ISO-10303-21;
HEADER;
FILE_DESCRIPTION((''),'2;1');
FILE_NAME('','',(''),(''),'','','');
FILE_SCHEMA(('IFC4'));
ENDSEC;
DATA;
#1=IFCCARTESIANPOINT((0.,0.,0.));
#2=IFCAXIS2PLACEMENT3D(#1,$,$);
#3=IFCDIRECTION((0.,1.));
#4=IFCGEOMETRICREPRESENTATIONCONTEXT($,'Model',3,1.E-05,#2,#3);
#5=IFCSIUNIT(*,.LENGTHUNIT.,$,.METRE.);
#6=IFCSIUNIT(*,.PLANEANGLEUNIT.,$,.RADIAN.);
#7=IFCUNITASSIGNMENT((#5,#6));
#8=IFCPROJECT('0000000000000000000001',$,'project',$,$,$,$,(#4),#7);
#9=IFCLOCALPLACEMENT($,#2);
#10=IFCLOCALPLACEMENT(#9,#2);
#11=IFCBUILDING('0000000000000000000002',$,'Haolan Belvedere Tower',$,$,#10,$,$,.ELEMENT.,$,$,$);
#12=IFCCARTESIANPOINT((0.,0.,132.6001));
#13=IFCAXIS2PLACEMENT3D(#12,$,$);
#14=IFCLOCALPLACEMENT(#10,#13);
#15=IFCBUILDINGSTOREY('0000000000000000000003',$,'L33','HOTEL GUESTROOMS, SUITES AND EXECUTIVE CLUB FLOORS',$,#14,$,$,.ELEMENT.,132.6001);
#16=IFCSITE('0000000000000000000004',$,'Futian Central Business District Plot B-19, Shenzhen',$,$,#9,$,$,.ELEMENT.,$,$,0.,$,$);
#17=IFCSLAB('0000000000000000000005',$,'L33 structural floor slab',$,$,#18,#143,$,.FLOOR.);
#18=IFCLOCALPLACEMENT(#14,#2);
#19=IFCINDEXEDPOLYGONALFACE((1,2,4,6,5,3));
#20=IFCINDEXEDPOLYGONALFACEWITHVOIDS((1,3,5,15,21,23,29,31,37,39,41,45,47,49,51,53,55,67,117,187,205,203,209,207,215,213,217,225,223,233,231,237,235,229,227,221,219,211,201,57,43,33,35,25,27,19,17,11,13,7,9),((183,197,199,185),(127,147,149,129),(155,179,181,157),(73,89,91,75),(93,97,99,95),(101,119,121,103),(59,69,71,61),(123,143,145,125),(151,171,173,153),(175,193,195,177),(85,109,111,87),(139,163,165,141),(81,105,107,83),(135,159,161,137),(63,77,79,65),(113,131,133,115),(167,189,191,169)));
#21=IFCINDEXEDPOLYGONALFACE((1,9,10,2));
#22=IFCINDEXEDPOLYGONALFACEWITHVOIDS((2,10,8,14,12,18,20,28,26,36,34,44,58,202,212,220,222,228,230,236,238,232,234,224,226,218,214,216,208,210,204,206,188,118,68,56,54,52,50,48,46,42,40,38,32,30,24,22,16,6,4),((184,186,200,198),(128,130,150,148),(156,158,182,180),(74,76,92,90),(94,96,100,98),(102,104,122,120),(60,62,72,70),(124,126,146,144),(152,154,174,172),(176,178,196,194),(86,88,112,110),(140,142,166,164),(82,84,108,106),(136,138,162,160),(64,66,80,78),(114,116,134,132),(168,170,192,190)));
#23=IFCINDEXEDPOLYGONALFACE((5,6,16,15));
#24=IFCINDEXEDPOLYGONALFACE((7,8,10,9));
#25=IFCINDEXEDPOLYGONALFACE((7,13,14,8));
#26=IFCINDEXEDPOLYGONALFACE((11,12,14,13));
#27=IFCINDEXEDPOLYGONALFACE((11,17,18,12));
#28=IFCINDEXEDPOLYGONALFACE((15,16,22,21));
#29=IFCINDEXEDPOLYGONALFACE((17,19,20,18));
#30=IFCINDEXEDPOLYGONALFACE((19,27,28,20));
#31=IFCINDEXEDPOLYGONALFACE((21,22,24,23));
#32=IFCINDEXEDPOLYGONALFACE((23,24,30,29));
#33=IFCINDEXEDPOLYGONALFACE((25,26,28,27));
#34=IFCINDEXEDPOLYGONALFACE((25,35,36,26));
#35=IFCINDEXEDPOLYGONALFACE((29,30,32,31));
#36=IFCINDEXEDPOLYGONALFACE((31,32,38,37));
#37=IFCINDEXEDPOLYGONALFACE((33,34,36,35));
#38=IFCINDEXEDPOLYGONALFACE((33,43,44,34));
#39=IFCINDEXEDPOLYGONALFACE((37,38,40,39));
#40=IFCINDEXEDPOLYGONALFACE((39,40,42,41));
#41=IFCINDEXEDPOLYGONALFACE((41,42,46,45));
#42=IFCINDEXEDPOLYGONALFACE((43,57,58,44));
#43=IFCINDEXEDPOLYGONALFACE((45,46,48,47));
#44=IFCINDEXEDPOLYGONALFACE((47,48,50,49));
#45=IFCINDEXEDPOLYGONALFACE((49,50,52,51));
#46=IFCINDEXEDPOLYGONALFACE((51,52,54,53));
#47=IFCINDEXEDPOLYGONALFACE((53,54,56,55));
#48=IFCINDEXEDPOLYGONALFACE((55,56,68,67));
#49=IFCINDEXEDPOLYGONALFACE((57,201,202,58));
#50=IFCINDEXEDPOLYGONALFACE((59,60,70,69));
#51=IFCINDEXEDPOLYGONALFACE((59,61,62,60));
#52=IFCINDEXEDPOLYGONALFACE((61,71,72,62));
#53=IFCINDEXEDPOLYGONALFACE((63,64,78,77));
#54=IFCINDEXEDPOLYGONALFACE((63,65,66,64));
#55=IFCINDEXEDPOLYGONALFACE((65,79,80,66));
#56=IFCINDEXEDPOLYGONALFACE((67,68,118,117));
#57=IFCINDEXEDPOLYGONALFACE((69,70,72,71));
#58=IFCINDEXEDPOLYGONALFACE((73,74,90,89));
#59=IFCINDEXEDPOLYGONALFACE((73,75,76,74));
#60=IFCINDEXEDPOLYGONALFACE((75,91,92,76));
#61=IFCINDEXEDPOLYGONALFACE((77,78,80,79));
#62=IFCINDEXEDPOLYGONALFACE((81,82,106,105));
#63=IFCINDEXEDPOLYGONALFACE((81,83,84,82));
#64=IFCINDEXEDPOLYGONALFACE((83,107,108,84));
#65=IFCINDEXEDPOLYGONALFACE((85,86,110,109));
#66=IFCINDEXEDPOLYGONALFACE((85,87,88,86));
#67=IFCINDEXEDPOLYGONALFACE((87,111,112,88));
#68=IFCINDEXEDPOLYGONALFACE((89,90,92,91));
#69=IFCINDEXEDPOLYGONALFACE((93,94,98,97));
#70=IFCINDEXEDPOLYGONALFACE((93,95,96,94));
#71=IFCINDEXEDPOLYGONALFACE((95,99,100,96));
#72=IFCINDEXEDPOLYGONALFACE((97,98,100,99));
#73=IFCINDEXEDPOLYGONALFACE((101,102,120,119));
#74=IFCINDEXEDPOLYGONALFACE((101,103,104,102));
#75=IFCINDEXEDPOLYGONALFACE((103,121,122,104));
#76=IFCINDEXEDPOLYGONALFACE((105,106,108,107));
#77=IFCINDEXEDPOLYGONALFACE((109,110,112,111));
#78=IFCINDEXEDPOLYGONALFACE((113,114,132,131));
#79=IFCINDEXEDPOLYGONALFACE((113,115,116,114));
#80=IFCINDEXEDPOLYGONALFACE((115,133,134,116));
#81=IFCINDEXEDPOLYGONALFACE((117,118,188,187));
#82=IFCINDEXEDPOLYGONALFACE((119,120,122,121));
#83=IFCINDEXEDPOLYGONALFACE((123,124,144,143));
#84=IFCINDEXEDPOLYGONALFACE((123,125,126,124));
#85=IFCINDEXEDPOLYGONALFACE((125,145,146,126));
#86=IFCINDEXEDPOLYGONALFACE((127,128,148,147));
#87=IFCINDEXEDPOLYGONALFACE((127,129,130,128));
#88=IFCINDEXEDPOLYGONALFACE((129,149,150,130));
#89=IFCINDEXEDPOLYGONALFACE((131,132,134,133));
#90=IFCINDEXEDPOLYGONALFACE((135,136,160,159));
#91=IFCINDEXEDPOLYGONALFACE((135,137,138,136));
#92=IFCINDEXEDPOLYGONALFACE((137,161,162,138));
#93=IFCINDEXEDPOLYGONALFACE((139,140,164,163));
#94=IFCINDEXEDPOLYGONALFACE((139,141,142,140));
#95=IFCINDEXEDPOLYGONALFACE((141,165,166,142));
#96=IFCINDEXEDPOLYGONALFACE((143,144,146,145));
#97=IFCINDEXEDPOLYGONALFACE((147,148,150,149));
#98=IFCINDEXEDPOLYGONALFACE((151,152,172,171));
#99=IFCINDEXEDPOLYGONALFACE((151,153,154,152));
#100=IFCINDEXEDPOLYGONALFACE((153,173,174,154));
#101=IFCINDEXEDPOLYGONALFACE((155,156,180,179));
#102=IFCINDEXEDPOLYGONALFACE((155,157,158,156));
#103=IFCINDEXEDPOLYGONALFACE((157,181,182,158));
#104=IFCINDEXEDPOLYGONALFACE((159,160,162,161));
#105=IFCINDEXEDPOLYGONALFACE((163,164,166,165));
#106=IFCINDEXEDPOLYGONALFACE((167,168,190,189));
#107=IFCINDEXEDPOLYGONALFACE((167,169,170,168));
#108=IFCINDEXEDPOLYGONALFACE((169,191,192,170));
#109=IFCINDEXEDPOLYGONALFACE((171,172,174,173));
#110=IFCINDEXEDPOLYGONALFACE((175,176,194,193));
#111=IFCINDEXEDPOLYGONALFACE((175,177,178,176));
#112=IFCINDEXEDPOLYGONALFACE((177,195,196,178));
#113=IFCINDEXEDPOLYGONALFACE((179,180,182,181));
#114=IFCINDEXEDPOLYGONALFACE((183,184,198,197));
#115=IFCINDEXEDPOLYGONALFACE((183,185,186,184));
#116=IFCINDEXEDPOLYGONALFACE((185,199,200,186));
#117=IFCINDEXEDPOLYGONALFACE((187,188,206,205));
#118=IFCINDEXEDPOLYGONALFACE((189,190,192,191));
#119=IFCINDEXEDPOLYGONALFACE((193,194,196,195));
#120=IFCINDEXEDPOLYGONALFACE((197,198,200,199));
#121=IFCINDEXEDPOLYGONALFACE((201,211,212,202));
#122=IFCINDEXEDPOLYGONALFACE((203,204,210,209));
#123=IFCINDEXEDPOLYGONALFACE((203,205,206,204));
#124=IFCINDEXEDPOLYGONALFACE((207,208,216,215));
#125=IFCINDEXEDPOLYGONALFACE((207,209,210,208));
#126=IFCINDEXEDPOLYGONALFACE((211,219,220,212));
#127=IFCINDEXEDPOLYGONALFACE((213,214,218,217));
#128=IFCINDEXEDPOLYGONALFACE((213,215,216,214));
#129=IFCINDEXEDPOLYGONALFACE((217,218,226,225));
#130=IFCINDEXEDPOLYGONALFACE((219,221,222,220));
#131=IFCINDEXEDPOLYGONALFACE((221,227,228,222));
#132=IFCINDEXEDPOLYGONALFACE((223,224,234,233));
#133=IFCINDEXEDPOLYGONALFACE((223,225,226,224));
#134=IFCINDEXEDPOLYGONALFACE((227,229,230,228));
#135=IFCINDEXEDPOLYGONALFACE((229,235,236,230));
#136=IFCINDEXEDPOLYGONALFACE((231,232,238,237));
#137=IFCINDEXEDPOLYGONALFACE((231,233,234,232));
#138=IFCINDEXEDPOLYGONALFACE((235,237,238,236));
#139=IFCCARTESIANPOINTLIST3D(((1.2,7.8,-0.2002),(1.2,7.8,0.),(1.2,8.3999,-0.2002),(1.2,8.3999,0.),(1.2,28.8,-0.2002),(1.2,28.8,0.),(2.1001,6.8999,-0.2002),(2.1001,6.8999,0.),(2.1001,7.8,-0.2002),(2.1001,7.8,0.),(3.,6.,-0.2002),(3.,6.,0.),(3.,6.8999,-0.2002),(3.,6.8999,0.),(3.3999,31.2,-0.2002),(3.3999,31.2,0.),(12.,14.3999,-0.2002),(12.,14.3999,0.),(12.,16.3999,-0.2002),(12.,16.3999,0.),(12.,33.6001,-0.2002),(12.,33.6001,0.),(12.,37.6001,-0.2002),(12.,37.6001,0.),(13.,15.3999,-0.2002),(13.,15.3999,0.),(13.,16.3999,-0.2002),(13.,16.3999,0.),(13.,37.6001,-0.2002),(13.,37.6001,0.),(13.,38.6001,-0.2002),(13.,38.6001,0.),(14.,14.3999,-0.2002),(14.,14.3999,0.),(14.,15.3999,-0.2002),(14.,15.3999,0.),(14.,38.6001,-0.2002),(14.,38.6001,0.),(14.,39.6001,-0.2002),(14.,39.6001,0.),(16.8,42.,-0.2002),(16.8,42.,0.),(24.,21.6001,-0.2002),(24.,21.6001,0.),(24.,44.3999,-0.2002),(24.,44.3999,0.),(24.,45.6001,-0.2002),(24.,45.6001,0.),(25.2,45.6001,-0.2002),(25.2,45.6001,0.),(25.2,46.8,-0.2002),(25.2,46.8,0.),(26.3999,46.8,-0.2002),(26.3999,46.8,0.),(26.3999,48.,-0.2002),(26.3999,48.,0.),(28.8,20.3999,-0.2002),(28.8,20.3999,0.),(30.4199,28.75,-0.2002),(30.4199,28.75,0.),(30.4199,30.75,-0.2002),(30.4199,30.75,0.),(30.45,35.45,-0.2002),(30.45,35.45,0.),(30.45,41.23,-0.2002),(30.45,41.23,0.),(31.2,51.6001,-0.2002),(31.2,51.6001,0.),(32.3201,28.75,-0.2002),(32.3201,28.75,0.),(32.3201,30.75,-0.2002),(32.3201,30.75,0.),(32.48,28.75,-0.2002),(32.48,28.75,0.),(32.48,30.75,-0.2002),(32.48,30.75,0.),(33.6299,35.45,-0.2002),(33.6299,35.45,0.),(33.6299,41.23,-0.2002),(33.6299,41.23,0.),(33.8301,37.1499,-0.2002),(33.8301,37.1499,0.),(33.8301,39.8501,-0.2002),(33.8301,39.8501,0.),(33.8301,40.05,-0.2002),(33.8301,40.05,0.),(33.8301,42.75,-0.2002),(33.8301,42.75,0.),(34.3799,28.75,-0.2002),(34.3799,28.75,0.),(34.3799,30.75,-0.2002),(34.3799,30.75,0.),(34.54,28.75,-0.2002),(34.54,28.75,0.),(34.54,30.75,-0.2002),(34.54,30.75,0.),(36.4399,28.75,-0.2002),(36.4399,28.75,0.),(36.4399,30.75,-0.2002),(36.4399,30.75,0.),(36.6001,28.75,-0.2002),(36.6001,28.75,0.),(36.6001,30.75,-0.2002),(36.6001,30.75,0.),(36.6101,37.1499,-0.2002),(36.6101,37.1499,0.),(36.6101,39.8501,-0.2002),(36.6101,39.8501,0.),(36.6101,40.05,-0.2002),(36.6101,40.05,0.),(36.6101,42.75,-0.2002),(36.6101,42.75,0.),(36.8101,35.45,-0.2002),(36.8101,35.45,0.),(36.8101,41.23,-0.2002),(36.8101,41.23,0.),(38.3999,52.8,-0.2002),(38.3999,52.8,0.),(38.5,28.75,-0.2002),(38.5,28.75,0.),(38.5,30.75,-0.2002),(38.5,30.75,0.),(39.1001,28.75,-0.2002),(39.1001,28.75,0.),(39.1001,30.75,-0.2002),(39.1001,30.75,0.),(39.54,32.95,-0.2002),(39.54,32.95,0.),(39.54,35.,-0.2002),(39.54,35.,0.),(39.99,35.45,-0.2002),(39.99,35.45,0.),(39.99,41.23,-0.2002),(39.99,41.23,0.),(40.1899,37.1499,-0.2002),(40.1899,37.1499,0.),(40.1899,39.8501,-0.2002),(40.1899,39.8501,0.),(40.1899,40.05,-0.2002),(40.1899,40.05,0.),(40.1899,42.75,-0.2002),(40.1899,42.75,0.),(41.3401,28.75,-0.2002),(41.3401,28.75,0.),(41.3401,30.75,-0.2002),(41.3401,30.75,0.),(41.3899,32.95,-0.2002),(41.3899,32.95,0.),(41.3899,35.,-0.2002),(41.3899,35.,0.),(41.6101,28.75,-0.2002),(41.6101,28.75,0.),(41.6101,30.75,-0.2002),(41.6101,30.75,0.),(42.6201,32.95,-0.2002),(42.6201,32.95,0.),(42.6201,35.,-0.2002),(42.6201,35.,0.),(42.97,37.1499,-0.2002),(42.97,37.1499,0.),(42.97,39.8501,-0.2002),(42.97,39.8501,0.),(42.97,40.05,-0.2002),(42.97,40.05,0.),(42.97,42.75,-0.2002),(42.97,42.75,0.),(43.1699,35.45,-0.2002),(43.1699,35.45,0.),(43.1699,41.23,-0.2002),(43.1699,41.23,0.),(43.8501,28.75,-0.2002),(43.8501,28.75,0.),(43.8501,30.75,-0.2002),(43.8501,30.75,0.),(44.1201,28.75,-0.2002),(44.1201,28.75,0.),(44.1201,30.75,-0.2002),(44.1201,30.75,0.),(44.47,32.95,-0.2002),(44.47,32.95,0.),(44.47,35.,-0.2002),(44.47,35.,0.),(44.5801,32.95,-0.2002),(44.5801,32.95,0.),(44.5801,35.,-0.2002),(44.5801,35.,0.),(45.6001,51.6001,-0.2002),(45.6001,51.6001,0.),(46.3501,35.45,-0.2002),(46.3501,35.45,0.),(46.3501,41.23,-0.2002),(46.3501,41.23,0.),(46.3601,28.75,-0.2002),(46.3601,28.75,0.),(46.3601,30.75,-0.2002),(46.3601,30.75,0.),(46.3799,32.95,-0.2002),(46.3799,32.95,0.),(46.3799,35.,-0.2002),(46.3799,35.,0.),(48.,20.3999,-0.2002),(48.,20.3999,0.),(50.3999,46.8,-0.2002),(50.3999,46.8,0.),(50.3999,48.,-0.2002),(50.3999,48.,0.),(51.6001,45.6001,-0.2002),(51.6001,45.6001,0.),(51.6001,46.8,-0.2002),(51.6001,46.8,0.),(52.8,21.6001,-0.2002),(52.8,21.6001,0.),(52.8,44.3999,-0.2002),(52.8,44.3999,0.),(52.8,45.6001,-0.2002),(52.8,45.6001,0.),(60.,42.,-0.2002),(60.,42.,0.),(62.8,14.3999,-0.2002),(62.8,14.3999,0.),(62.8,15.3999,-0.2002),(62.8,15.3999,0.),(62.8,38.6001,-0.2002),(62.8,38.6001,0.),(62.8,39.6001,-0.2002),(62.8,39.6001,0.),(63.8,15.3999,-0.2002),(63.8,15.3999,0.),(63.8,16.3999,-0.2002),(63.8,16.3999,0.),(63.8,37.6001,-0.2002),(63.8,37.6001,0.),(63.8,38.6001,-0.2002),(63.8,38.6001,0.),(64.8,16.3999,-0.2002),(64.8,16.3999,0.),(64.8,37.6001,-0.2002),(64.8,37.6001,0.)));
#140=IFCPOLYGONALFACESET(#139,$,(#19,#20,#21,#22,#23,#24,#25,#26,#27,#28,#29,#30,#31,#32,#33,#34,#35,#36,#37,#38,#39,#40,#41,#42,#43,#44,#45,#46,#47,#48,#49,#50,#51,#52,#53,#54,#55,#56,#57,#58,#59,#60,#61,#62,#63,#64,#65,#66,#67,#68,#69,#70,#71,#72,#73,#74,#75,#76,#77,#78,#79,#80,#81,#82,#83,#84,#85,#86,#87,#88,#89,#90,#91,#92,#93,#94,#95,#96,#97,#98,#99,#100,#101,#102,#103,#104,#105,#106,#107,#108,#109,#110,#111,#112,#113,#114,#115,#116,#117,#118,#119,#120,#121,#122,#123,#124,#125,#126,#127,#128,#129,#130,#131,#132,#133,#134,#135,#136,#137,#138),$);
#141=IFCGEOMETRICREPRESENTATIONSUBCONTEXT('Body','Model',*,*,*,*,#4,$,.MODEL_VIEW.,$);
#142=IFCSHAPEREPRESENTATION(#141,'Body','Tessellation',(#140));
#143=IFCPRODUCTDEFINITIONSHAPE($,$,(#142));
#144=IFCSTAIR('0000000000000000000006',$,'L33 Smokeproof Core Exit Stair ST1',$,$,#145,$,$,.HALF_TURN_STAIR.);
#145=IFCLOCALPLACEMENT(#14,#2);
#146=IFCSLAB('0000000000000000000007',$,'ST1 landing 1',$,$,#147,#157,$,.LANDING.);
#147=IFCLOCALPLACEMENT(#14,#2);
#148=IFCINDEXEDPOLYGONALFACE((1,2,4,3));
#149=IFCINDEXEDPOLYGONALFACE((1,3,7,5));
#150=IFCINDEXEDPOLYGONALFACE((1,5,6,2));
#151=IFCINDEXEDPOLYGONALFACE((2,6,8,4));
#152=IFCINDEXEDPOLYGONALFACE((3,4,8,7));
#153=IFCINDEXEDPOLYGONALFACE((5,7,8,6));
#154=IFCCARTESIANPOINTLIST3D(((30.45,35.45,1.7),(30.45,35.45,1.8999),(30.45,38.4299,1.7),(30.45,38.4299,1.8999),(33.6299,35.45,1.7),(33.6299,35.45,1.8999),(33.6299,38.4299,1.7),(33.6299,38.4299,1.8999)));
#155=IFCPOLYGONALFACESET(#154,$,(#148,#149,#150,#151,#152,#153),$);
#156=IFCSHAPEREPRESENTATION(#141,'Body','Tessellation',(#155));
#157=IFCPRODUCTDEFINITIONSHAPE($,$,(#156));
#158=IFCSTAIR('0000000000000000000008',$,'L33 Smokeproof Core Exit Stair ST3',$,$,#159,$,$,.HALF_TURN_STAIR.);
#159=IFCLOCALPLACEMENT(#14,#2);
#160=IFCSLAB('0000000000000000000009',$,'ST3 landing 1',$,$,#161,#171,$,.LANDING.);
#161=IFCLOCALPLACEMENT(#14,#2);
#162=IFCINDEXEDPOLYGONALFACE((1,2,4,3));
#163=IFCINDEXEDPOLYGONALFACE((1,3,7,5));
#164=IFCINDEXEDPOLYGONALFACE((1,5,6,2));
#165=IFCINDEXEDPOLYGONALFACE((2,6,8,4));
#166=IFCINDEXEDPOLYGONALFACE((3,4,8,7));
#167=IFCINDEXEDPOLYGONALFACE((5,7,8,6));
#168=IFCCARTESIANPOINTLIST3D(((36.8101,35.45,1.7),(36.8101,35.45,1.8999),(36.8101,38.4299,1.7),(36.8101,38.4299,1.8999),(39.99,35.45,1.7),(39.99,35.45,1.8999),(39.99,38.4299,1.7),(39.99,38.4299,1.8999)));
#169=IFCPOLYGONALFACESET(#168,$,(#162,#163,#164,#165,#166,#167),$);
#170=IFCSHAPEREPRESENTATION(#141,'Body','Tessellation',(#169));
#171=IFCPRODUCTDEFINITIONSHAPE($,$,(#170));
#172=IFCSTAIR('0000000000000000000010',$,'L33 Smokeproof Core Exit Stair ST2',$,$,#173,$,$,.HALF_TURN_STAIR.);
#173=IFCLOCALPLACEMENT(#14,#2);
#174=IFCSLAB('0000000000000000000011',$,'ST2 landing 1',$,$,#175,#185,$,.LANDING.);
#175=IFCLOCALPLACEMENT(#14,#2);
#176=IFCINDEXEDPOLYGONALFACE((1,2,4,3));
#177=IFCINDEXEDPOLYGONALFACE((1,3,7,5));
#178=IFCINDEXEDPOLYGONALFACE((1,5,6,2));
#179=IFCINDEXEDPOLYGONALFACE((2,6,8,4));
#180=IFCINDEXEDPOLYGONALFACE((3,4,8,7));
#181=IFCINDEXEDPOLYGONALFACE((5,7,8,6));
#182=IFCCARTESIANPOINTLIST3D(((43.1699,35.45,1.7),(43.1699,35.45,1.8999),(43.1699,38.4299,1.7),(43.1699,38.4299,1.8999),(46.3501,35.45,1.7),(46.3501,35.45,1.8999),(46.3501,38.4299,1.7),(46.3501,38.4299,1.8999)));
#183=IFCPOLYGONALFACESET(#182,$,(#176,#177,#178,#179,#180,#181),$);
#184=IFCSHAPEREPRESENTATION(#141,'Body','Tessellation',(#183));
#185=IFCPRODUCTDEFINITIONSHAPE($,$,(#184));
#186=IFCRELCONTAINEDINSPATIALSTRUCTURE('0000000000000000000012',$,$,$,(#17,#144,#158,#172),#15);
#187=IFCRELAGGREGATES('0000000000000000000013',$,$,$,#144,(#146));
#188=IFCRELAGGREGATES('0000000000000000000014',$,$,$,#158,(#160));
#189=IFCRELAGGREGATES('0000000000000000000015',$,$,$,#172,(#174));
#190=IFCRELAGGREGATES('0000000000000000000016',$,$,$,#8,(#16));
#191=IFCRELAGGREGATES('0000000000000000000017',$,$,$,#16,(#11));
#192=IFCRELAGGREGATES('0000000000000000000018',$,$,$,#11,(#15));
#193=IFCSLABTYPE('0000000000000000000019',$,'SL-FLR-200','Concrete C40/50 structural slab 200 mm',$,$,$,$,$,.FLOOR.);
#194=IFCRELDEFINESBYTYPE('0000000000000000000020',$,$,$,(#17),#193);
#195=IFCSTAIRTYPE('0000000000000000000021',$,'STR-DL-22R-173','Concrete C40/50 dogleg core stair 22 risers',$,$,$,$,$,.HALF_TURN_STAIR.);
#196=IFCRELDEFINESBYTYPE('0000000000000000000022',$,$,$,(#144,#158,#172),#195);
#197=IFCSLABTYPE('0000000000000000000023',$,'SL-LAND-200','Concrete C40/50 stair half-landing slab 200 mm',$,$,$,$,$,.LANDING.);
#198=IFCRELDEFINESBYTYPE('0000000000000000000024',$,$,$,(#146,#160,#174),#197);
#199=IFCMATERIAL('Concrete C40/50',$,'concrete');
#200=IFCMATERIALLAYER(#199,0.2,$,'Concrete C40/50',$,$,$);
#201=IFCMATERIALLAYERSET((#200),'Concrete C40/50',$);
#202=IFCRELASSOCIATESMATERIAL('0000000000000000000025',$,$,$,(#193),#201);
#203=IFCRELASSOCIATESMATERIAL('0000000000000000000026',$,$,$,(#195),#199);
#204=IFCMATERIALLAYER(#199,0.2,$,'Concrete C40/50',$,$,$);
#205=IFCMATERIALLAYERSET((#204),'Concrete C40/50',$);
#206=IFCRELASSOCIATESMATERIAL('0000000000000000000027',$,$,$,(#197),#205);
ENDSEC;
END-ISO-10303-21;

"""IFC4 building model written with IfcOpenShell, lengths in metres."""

from ifc_helpers import new_model, si_unit, direction, frame, origin, place, context, subcontext, project, spatial, polyline, outline, extrude, material, layer, layer_set, type_object, element, aggregate, save


model = new_model("IFC4")

# Units and contexts
model_context = context("Model", 3, precision=1e-05, world=origin(), true_north=direction((0.0, 1.0)))
body_context = subcontext(model_context, "Body", "Model", "MODEL_VIEW")
ifc_project = project(units=[si_unit("LENGTHUNIT", "METRE"), si_unit("PLANEANGLEUNIT", "RADIAN")], contexts=[model_context])

# Site, building, storey
site_placement = place(None, origin())
site = spatial("IfcSite", under=ifc_project, at=site_placement, Name="Futian Central Business District Plot B-19, Shenzhen", CompositionType="ELEMENT", RefElevation=0.0)
building_placement = place(site_placement, origin())
building = spatial("IfcBuilding", under=site, at=building_placement, Name="Haolan Belvedere Tower", CompositionType="ELEMENT")
storey_placement = place(building_placement, frame((0.0, 0.0, 132.6001)))
storey = spatial("IfcBuildingStorey", under=building, at=storey_placement, Name="L33", Description="HOTEL GUESTROOMS, SUITES AND EXECUTIVE CLUB FLOORS", CompositionType="ELEMENT", Elevation=132.6001)

# Slab
ifc_material_1 = material(Name="Concrete C40/50", Category="concrete")
ifc_layer_1 = layer(ifc_material_1, 0.2, Name="Concrete C40/50")
ifc_layer_set_1 = layer_set([ifc_layer_1], Name="Concrete C40/50")
slab_type_1 = type_object("IfcSlabType", Name="SL-FLR-200", Description="Concrete C40/50 structural slab 200 mm", PredefinedType="FLOOR", material=ifc_layer_set_1)
slab_1_placement = place(storey_placement, frame((0.0, 0.0, -0.2002)))
element("IfcSlab", 1, at=slab_1_placement, inside=storey, type_object=slab_type_1, Name="L33 structural floor slab", PredefinedType="FLOOR", context=body_context, shape_type="SweptSolid", body=[
    extrude(outline(polyline([(12.0, 14.3999), (12.0, 16.3999), (13.0, 16.3999), (13.0, 15.3999), (14.0, 15.3999), (14.0, 14.3999), (24.0, 21.6001), (28.8, 20.3999), (48.0, 20.3999), (52.8, 21.6001), (62.8, 14.3999), (62.8, 15.3999), (63.8, 15.3999), (63.8, 16.3999), (64.8, 16.3999), (64.8, 37.6001), (63.8, 37.6001), (63.8, 38.6001), (62.8, 38.6001), (62.8, 39.6001), (60.0, 42.0), (52.8, 44.3999), (52.8, 45.6001), (51.6001, 45.6001), (51.6001, 46.8), (50.3999, 46.8), (50.3999, 48.0), (45.6001, 51.6001), (38.3999, 52.8), (31.2, 51.6001), (26.3999, 48.0), (26.3999, 46.8), (25.2, 46.8), (25.2, 45.6001), (24.0, 45.6001), (24.0, 44.3999), (16.8, 42.0), (14.0, 39.6001), (14.0, 38.6001), (13.0, 38.6001), (13.0, 37.6001), (12.0, 37.6001), (12.0, 33.6001), (3.3999, 31.2), (1.2, 28.8), (1.2, 8.3999), (1.2, 7.8), (2.1001, 7.8), (2.1001, 6.8999), (3.0, 6.8999), (3.0, 6.0), (12.0, 14.3999)]), holes=[polyline([(30.45, 41.23), (30.45, 35.45), (33.6299, 35.45), (33.6299, 41.23), (30.45, 41.23)]), polyline([(36.8101, 41.23), (36.8101, 35.45), (39.99, 35.45), (39.99, 41.23), (36.8101, 41.23)]), polyline([(43.1699, 41.23), (43.1699, 35.45), (46.3501, 35.45), (46.3501, 41.23), (43.1699, 41.23)]), polyline([(33.8301, 40.05), (36.6101, 40.05), (36.6101, 42.75), (33.8301, 42.75), (33.8301, 40.05)]), polyline([(33.8301, 37.1499), (36.6101, 37.1499), (36.6101, 39.8501), (33.8301, 39.8501), (33.8301, 37.1499)]), polyline([(40.1899, 40.05), (42.97, 40.05), (42.97, 42.75), (40.1899, 42.75), (40.1899, 40.05)]), polyline([(40.1899, 37.1499), (42.97, 37.1499), (42.97, 39.8501), (40.1899, 39.8501), (40.1899, 37.1499)]), polyline([(39.54, 32.95), (41.3899, 32.95), (41.3899, 35.0), (39.54, 35.0), (39.54, 32.95)]), polyline([(42.6201, 32.95), (44.47, 32.95), (44.47, 35.0), (42.6201, 35.0), (42.6201, 32.95)]), polyline([(44.5801, 32.95), (46.3799, 32.95), (46.3799, 35.0), (44.5801, 35.0), (44.5801, 32.95)]), polyline([(30.4199, 28.75), (32.3201, 28.75), (32.3201, 30.75), (30.4199, 30.75), (30.4199, 28.75)]), polyline([(32.48, 28.75), (34.3799, 28.75), (34.3799, 30.75), (32.48, 30.75), (32.48, 28.75)]), polyline([(34.54, 28.75), (36.4399, 28.75), (36.4399, 30.75), (34.54, 30.75), (34.54, 28.75)]), polyline([(36.6001, 28.75), (38.5, 28.75), (38.5, 30.75), (36.6001, 30.75), (36.6001, 28.75)]), polyline([(39.1001, 28.75), (41.3401, 28.75), (41.3401, 30.75), (39.1001, 30.75), (39.1001, 28.75)]), polyline([(41.6101, 28.75), (43.8501, 28.75), (43.8501, 30.75), (41.6101, 30.75), (41.6101, 28.75)]), polyline([(44.1201, 28.75), (46.3601, 28.75), (46.3601, 30.75), (44.1201, 30.75), (44.1201, 28.75)])]), origin(), (0.0, 0.0, 1.0), 0.2002),
])

# Stairs, slabs
stair_type = type_object("IfcStairType", Name="STR-DL-22R-173", Description="Concrete C40/50 dogleg core stair 22 risers", PredefinedType="HALF_TURN_STAIR", material=ifc_material_1)
stair_1_placement = place(storey_placement, origin())
stair_1 = element("IfcStair", 2, at=stair_1_placement, inside=storey, type_object=stair_type, Name="L33 Smokeproof Core Exit Stair ST1", PredefinedType="HALF_TURN_STAIR")
ifc_layer_2 = layer(ifc_material_1, 0.2, Name="Concrete C40/50")
ifc_layer_set_2 = layer_set([ifc_layer_2], Name="Concrete C40/50")
slab_type_2 = type_object("IfcSlabType", Name="SL-LAND-200", Description="Concrete C40/50 stair half-landing slab 200 mm", PredefinedType="LANDING", material=ifc_layer_set_2)
slab_2_placement = place(storey_placement, frame((0.0, 0.0, 1.7)))
slab_2 = element("IfcSlab", 3, at=slab_2_placement, type_object=slab_type_2, Name="ST1 landing 1", PredefinedType="LANDING", context=body_context, shape_type="SweptSolid", body=[
    extrude(outline(polyline([(30.45, 38.4299), (30.45, 35.45), (33.6299, 35.45), (33.6299, 38.4299), (30.45, 38.4299)])), origin(), (0.0, 0.0, 1.0), 0.2),
])
aggregate(stair_1, [slab_2])
stair_2_placement = place(storey_placement, origin())
stair_2 = element("IfcStair", 4, at=stair_2_placement, inside=storey, type_object=stair_type, Name="L33 Smokeproof Core Exit Stair ST3", PredefinedType="HALF_TURN_STAIR")
slab_3_placement = place(storey_placement, frame((0.0, 0.0, 1.7)))
slab_3 = element("IfcSlab", 5, at=slab_3_placement, type_object=slab_type_2, Name="ST3 landing 1", PredefinedType="LANDING", context=body_context, shape_type="SweptSolid", body=[
    extrude(outline(polyline([(36.8101, 38.4299), (36.8101, 35.45), (39.99, 35.45), (39.99, 38.4299), (36.8101, 38.4299)])), origin(), (0.0, 0.0, 1.0), 0.2),
])
aggregate(stair_2, [slab_3])
stair_3_placement = place(storey_placement, origin())
stair_3 = element("IfcStair", 6, at=stair_3_placement, inside=storey, type_object=stair_type, Name="L33 Smokeproof Core Exit Stair ST2", PredefinedType="HALF_TURN_STAIR")
slab_4_placement = place(storey_placement, frame((0.0, 0.0, 1.7)))
slab_4 = element("IfcSlab", 7, at=slab_4_placement, type_object=slab_type_2, Name="ST2 landing 1", PredefinedType="LANDING", context=body_context, shape_type="SweptSolid", body=[
    extrude(outline(polyline([(43.1699, 38.4299), (43.1699, 35.45), (46.3501, 35.45), (46.3501, 38.4299), (43.1699, 38.4299)])), origin(), (0.0, 0.0, 1.0), 0.2),
])
aggregate(stair_3, [slab_4])

save(model, "model.ifc")
